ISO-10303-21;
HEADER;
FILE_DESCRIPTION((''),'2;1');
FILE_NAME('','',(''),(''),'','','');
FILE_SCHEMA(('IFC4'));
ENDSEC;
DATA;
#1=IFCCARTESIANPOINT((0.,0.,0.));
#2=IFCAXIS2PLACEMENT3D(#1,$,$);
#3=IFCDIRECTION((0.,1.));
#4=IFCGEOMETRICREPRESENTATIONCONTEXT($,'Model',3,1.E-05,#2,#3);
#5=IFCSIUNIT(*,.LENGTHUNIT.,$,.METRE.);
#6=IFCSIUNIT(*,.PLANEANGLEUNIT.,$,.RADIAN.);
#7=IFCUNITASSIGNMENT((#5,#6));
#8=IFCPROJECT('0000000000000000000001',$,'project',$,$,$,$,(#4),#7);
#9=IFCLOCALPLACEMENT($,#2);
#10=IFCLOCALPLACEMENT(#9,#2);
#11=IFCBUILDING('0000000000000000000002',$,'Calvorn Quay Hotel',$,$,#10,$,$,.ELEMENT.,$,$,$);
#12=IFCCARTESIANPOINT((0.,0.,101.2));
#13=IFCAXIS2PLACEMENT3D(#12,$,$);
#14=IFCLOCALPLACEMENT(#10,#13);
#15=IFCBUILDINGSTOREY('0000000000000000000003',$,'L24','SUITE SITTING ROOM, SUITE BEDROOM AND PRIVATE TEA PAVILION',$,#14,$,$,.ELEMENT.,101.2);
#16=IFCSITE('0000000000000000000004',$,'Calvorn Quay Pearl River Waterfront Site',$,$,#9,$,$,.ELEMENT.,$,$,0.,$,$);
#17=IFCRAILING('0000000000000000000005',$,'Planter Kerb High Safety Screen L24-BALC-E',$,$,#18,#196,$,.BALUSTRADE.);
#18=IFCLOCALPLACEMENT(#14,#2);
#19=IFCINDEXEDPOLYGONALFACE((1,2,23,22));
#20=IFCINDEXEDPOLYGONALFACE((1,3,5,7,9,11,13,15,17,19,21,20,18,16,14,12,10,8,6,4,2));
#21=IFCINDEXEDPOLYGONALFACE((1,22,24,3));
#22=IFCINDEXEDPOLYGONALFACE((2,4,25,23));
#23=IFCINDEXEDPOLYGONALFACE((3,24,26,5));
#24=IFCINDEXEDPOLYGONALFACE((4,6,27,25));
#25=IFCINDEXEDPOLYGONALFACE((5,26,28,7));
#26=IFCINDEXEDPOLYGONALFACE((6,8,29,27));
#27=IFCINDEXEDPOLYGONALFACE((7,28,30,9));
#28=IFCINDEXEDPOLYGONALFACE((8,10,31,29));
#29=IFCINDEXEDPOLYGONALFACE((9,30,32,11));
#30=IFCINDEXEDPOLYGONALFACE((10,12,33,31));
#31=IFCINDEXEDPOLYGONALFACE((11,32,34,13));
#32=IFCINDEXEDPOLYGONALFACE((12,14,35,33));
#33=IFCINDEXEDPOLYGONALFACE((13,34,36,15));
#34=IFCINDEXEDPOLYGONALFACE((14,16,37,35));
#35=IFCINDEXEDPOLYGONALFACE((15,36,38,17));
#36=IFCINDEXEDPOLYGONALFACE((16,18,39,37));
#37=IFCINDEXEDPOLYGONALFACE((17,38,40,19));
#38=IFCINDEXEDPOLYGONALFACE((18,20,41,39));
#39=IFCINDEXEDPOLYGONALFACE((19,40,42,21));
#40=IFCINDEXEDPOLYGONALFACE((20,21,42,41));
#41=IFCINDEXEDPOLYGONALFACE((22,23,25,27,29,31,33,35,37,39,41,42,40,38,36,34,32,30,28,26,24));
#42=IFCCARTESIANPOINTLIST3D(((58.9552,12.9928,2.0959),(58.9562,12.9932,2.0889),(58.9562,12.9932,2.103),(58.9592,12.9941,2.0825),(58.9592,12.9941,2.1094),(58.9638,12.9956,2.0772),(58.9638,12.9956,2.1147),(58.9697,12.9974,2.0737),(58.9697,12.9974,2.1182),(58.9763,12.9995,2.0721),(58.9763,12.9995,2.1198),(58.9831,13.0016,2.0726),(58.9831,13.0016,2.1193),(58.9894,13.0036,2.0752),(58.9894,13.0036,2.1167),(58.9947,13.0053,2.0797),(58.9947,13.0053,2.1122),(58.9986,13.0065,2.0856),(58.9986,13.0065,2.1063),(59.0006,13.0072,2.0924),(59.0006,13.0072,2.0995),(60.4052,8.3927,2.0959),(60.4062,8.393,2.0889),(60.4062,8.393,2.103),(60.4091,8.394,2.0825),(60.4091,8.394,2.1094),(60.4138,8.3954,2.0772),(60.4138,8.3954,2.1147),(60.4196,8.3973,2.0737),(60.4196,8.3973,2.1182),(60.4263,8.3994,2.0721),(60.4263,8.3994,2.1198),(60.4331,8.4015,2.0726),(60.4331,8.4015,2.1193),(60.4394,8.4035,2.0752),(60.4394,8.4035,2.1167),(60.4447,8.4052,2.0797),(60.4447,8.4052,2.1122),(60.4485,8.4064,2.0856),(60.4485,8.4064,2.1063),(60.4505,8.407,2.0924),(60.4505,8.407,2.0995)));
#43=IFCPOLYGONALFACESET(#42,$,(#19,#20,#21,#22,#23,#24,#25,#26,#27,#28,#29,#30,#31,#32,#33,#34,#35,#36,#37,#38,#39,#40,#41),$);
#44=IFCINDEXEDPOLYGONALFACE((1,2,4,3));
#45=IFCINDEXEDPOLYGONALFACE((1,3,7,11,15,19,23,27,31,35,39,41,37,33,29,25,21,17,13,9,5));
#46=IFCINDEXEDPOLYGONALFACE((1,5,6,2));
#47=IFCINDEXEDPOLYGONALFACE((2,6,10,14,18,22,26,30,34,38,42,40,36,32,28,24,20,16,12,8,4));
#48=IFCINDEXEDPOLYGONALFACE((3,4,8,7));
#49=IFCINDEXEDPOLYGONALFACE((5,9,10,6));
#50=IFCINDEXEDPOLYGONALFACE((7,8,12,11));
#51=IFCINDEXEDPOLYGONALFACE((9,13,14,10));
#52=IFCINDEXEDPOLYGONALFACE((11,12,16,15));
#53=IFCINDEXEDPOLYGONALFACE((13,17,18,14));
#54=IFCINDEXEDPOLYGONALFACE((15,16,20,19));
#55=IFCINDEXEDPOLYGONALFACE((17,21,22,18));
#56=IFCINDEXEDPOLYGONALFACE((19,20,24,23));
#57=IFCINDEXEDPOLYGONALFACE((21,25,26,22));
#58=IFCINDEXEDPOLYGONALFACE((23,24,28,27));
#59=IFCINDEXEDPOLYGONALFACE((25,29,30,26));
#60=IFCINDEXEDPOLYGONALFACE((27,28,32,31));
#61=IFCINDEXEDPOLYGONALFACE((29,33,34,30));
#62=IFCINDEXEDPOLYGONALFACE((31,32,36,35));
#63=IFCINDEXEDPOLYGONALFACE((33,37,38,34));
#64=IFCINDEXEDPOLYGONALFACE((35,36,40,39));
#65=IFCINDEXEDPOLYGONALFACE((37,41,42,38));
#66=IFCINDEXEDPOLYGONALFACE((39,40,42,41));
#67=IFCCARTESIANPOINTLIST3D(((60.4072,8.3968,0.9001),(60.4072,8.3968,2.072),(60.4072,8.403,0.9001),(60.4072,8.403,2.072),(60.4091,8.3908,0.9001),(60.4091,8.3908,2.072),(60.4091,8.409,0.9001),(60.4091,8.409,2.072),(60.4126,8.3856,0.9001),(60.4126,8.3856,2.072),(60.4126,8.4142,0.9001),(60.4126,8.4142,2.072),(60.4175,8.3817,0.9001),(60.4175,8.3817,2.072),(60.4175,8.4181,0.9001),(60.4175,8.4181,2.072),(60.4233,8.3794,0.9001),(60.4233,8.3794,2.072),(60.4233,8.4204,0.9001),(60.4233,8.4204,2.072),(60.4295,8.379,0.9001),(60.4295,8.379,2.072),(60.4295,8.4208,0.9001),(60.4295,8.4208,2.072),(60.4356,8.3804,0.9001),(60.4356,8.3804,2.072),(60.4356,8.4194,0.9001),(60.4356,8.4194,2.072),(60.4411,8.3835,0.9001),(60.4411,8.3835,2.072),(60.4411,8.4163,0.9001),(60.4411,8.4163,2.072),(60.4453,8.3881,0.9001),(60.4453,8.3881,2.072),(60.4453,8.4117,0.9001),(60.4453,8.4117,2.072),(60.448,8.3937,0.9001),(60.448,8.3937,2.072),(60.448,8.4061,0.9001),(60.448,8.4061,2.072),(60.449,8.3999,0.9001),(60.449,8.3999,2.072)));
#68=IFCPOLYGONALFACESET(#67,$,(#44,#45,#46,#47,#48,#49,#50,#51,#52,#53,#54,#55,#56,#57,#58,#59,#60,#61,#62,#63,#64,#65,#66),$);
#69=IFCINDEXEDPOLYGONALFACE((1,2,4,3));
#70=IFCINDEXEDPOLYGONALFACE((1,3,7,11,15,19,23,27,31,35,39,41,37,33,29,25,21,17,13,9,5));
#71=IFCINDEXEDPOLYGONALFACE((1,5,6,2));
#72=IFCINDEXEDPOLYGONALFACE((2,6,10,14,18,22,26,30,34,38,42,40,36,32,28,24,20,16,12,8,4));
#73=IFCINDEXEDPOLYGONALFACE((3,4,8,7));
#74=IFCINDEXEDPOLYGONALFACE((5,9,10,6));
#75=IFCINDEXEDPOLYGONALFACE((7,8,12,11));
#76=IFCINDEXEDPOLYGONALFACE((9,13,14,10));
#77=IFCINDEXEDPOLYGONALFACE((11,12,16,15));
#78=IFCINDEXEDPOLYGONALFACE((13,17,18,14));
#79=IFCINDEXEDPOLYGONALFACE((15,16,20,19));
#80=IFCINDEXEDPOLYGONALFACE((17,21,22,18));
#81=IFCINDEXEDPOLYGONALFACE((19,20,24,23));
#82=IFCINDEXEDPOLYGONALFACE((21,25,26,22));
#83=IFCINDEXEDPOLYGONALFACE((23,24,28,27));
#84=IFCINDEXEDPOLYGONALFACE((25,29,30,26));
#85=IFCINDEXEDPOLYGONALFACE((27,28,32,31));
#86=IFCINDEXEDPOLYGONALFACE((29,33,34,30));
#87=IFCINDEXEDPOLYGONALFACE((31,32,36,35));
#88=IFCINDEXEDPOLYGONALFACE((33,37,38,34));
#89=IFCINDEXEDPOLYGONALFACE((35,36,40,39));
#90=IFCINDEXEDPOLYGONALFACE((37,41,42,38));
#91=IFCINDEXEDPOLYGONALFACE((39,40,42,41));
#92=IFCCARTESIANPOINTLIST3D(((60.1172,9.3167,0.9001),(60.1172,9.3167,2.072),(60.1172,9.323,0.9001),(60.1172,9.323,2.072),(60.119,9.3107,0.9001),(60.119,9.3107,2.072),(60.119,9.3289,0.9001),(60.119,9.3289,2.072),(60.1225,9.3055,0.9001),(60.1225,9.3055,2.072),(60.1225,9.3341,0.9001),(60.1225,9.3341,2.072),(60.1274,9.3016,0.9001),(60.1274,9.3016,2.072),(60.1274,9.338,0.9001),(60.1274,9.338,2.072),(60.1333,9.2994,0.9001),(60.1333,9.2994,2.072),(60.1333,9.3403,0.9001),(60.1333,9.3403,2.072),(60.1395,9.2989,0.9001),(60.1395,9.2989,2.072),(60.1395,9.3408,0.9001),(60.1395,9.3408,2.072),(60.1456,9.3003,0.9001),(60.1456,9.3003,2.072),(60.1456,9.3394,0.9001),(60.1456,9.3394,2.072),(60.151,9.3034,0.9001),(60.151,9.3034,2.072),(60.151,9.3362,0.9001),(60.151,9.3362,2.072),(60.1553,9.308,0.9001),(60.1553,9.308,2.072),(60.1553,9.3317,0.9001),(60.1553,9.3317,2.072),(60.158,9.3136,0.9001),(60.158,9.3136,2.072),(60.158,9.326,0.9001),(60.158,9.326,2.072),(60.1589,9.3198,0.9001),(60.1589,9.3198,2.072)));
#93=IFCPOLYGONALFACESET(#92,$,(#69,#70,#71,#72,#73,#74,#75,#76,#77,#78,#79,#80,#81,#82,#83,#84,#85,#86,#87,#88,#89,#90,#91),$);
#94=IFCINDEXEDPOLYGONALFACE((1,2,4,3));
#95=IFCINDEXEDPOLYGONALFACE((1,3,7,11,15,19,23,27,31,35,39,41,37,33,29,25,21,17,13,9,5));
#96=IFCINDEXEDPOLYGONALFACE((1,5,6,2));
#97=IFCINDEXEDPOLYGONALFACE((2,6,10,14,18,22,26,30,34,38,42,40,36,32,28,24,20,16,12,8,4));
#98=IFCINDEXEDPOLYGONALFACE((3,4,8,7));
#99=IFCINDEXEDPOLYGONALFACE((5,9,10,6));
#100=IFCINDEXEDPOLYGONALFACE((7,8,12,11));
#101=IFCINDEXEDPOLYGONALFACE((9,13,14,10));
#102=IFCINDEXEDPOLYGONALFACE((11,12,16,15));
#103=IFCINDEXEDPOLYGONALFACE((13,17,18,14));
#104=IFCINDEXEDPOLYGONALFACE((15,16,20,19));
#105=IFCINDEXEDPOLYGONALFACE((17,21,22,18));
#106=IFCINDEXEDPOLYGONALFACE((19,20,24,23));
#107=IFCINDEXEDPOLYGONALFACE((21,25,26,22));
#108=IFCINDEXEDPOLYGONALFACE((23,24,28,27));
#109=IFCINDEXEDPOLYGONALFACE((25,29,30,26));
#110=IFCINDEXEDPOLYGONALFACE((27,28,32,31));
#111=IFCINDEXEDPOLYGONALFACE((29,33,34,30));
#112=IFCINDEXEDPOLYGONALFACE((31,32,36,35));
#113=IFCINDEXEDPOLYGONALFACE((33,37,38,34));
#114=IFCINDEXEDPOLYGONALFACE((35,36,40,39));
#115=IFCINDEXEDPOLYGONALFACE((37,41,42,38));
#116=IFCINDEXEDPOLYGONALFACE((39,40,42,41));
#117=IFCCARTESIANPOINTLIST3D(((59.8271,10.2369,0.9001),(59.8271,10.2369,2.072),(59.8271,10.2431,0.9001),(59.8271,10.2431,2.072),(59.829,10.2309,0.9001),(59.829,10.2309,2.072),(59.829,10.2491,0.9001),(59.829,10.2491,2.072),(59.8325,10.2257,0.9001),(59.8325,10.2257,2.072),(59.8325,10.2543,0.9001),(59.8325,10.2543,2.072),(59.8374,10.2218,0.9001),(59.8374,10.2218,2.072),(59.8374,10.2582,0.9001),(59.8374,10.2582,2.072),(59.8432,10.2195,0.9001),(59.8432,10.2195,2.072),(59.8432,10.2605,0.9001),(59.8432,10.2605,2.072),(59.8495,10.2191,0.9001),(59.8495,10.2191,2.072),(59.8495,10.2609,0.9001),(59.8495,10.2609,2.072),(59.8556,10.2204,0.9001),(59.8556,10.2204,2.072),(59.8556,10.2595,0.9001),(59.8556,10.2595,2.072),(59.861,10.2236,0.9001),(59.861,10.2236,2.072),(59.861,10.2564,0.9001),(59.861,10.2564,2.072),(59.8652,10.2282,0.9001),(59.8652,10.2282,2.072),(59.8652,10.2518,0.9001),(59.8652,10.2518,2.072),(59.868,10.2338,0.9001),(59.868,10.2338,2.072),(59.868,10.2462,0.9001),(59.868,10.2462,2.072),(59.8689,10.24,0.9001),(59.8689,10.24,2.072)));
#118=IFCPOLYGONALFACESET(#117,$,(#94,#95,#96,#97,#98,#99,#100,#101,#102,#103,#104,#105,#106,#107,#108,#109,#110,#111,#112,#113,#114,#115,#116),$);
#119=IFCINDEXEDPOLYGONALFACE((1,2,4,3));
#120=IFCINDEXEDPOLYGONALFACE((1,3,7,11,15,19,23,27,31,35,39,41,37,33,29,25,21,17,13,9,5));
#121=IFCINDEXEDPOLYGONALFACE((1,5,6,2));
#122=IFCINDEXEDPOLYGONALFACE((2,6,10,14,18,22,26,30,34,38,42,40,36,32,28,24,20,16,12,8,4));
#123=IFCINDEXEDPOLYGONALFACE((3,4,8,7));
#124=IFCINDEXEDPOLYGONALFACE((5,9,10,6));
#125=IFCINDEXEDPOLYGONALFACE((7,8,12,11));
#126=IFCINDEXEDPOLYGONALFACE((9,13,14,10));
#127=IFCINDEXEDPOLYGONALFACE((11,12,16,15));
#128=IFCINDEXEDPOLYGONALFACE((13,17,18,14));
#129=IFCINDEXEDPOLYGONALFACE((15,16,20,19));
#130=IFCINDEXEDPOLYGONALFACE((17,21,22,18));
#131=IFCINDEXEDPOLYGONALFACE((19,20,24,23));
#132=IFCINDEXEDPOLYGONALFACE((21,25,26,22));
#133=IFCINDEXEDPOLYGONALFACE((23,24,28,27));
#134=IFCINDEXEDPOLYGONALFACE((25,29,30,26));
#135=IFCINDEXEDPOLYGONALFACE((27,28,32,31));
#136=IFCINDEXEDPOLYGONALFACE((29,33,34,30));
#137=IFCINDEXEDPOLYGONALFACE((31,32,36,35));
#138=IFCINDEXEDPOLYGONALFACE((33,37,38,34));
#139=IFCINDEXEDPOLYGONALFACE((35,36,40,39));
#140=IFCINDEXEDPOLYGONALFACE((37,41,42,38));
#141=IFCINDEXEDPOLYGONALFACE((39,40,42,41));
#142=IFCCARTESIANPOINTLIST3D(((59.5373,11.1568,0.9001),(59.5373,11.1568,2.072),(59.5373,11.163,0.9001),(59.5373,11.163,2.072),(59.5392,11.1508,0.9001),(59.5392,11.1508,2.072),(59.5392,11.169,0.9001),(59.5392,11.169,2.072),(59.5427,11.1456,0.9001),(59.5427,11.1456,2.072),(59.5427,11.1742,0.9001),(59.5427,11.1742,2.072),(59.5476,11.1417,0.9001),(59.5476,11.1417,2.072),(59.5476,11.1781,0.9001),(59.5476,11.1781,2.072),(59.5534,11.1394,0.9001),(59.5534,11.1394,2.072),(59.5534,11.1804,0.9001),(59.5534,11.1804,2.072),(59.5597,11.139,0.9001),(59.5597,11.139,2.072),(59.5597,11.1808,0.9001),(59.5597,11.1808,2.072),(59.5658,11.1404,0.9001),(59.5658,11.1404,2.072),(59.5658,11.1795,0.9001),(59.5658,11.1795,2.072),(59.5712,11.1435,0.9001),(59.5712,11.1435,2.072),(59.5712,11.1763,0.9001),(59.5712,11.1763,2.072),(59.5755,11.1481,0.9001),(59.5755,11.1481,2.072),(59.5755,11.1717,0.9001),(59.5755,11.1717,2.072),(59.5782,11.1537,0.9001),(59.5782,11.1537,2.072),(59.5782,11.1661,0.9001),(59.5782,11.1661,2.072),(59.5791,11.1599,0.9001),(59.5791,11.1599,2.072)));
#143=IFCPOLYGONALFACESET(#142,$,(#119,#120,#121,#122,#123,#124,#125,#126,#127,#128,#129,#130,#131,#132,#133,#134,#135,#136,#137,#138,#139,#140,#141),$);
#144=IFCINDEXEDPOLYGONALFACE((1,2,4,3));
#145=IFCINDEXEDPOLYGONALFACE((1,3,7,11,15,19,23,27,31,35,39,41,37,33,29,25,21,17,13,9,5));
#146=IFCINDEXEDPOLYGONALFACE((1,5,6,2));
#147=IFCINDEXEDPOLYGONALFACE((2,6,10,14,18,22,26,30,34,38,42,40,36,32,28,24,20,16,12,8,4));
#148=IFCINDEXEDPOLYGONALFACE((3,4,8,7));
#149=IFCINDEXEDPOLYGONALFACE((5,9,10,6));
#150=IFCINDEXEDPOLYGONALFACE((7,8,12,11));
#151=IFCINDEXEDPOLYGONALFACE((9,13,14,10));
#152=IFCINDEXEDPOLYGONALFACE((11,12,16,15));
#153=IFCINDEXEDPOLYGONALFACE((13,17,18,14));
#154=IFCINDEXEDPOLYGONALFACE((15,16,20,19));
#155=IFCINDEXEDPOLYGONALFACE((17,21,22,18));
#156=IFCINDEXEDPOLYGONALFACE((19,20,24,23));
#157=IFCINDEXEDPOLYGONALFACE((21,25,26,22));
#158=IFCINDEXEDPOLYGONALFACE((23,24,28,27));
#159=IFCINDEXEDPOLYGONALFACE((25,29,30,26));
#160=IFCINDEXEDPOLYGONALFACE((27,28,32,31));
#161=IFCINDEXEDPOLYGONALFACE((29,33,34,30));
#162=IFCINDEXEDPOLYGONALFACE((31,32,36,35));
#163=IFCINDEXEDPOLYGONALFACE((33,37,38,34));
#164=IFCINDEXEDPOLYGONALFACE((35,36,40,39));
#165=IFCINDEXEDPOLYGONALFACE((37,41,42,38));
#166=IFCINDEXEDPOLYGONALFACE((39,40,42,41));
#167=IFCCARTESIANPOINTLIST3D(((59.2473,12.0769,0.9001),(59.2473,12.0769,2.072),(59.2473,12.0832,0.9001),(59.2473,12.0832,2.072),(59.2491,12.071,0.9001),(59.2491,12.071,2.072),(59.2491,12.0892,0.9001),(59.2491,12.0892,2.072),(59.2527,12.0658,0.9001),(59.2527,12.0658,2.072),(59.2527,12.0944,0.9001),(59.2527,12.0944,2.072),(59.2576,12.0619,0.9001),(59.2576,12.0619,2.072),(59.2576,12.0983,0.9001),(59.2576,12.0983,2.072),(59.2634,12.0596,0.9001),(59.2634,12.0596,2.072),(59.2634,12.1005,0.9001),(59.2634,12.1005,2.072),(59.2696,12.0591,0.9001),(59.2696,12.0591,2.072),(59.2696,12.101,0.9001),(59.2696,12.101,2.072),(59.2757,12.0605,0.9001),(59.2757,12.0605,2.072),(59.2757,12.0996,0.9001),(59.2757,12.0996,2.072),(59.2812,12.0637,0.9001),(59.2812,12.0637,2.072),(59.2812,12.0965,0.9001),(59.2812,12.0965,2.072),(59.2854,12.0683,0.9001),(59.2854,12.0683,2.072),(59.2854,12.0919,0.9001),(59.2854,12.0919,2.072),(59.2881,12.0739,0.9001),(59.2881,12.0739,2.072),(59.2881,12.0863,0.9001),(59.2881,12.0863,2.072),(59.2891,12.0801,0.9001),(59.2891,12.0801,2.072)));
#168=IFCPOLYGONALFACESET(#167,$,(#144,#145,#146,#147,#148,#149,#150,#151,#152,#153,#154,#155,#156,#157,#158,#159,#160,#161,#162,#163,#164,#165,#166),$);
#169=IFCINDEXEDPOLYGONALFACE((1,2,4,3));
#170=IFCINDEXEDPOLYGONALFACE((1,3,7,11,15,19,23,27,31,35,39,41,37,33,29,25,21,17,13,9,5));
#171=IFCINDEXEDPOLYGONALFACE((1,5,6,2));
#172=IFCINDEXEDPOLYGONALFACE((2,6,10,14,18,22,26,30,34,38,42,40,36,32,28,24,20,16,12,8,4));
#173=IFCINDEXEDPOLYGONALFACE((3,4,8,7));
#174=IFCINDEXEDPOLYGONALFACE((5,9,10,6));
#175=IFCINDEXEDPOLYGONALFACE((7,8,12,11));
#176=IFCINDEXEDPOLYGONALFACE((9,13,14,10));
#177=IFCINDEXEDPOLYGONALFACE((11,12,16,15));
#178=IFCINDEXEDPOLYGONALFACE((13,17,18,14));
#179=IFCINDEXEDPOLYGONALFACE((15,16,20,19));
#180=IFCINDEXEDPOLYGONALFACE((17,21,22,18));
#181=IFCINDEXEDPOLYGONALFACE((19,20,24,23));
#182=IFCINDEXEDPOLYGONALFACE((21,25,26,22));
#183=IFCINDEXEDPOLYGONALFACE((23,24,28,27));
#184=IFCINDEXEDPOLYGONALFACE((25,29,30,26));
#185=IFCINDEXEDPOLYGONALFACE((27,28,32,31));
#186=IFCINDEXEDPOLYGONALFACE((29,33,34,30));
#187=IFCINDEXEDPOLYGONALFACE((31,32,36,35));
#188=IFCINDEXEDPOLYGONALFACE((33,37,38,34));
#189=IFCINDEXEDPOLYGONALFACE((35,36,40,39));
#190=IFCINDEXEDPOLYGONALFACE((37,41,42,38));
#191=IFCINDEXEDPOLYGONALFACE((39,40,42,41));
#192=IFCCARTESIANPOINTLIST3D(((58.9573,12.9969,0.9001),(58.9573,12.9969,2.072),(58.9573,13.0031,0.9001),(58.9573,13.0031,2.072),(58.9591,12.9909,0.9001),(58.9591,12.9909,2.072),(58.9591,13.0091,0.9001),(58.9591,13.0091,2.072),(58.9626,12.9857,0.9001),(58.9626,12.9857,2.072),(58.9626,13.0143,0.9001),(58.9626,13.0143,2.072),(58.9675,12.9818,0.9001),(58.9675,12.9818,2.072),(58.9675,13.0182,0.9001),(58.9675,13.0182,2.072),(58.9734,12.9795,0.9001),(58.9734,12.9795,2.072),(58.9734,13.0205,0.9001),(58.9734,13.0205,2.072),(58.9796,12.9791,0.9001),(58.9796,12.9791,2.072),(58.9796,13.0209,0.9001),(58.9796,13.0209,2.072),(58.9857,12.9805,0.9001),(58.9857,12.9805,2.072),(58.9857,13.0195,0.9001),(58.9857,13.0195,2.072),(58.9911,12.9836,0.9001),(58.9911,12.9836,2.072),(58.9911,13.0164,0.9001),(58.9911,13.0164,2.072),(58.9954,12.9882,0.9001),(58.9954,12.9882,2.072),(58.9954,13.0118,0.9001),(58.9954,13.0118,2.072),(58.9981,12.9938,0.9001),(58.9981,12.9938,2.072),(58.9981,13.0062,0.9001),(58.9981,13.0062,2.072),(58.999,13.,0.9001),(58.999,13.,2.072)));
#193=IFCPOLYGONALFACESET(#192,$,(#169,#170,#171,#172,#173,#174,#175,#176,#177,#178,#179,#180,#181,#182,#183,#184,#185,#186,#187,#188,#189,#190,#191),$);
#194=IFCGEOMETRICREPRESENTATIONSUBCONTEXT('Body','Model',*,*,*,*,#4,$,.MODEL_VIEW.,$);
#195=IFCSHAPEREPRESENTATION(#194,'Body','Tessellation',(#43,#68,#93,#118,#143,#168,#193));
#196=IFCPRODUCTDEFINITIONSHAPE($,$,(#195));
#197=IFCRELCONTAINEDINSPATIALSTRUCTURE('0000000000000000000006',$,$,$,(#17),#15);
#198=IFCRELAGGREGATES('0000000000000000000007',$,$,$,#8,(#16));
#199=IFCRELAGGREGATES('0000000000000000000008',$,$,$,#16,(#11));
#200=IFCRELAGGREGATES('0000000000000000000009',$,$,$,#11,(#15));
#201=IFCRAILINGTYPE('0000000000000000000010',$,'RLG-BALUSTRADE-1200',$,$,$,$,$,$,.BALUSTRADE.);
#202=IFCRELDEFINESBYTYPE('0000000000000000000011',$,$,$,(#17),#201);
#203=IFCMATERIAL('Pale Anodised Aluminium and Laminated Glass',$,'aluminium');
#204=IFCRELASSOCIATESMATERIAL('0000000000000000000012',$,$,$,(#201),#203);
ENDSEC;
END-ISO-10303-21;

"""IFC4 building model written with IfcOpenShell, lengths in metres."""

from ifc_helpers import new_model, si_unit, direction, frame, origin, origin_2d, place, context, subcontext, project, spatial, circle, extrude, material, type_object, element, save


model = new_model("IFC4")

# Units and contexts
model_context = context("Model", 3, precision=1e-05, world=origin(), true_north=direction((0.0, 1.0)))
body_context = subcontext(model_context, "Body", "Model", "MODEL_VIEW")
ifc_project = project(units=[si_unit("LENGTHUNIT", "METRE"), si_unit("PLANEANGLEUNIT", "RADIAN")], contexts=[model_context])

# Site, building, storey
site_placement = place(None, origin())
site = spatial("IfcSite", under=ifc_project, at=site_placement, Name="Calvorn Quay Pearl River Waterfront Site", CompositionType="ELEMENT", RefElevation=0.0)
building_placement = place(site_placement, origin())
building = spatial("IfcBuilding", under=site, at=building_placement, Name="Calvorn Quay Hotel", CompositionType="ELEMENT")
storey_placement = place(building_placement, frame((0.0, 0.0, 101.2)))
storey = spatial("IfcBuildingStorey", under=building, at=storey_placement, Name="L24", Description="SUITE SITTING ROOM, SUITE BEDROOM AND PRIVATE TEA PAVILION", CompositionType="ELEMENT", Elevation=101.2)

# Railing
ifc_material_1 = material(Name="Pale Anodised Aluminium and Laminated Glass", Category="aluminium")
railing_type = type_object("IfcRailingType", Name="RLG-BALUSTRADE-1200", PredefinedType="BALUSTRADE", material=ifc_material_1)
railing_1_placement = place(storey_placement, frame((60.428, 8.3999, 0.9001)))
element("IfcRailing", 1, at=railing_1_placement, inside=storey, type_object=railing_type, Name="Planter Kerb High Safety Screen L24-BALC-E", PredefinedType="BALUSTRADE", context=body_context, shape_type="SweptSolid", body=[
    extrude(circle(Radius=0.0239, at=origin_2d()), frame((0.0, 0.0, 1.1958), z_axis=(-0.30062, 0.953744, 0.0), x_axis=(-0.953744, -0.30062, 0.0)), (0.0, 0.0, 1.0), 4.8232),
    extrude(circle(Radius=0.021, at=origin_2d()), origin(), (0.0, 0.0, 1.0), 1.1719),
    extrude(circle(Radius=0.021, at=origin_2d()), frame((-0.29, 0.9199, 0.0)), (0.0, 0.0, 1.0), 1.1719),
    extrude(circle(Radius=0.021, at=origin_2d()), frame((-0.5801, 1.8401, 0.0)), (0.0, 0.0, 1.0), 1.1719),
    extrude(circle(Radius=0.021, at=origin_2d()), frame((-0.8699, 2.76, 0.0)), (0.0, 0.0, 1.0), 1.1719),
    extrude(circle(Radius=0.021, at=origin_2d()), frame((-1.1599, 3.6802, 0.0)), (0.0, 0.0, 1.0), 1.1719),
    extrude(circle(Radius=0.021, at=origin_2d()), frame((-1.45, 4.6001, 0.0)), (0.0, 0.0, 1.0), 1.1719),
])

save(model, "model.ifc")
